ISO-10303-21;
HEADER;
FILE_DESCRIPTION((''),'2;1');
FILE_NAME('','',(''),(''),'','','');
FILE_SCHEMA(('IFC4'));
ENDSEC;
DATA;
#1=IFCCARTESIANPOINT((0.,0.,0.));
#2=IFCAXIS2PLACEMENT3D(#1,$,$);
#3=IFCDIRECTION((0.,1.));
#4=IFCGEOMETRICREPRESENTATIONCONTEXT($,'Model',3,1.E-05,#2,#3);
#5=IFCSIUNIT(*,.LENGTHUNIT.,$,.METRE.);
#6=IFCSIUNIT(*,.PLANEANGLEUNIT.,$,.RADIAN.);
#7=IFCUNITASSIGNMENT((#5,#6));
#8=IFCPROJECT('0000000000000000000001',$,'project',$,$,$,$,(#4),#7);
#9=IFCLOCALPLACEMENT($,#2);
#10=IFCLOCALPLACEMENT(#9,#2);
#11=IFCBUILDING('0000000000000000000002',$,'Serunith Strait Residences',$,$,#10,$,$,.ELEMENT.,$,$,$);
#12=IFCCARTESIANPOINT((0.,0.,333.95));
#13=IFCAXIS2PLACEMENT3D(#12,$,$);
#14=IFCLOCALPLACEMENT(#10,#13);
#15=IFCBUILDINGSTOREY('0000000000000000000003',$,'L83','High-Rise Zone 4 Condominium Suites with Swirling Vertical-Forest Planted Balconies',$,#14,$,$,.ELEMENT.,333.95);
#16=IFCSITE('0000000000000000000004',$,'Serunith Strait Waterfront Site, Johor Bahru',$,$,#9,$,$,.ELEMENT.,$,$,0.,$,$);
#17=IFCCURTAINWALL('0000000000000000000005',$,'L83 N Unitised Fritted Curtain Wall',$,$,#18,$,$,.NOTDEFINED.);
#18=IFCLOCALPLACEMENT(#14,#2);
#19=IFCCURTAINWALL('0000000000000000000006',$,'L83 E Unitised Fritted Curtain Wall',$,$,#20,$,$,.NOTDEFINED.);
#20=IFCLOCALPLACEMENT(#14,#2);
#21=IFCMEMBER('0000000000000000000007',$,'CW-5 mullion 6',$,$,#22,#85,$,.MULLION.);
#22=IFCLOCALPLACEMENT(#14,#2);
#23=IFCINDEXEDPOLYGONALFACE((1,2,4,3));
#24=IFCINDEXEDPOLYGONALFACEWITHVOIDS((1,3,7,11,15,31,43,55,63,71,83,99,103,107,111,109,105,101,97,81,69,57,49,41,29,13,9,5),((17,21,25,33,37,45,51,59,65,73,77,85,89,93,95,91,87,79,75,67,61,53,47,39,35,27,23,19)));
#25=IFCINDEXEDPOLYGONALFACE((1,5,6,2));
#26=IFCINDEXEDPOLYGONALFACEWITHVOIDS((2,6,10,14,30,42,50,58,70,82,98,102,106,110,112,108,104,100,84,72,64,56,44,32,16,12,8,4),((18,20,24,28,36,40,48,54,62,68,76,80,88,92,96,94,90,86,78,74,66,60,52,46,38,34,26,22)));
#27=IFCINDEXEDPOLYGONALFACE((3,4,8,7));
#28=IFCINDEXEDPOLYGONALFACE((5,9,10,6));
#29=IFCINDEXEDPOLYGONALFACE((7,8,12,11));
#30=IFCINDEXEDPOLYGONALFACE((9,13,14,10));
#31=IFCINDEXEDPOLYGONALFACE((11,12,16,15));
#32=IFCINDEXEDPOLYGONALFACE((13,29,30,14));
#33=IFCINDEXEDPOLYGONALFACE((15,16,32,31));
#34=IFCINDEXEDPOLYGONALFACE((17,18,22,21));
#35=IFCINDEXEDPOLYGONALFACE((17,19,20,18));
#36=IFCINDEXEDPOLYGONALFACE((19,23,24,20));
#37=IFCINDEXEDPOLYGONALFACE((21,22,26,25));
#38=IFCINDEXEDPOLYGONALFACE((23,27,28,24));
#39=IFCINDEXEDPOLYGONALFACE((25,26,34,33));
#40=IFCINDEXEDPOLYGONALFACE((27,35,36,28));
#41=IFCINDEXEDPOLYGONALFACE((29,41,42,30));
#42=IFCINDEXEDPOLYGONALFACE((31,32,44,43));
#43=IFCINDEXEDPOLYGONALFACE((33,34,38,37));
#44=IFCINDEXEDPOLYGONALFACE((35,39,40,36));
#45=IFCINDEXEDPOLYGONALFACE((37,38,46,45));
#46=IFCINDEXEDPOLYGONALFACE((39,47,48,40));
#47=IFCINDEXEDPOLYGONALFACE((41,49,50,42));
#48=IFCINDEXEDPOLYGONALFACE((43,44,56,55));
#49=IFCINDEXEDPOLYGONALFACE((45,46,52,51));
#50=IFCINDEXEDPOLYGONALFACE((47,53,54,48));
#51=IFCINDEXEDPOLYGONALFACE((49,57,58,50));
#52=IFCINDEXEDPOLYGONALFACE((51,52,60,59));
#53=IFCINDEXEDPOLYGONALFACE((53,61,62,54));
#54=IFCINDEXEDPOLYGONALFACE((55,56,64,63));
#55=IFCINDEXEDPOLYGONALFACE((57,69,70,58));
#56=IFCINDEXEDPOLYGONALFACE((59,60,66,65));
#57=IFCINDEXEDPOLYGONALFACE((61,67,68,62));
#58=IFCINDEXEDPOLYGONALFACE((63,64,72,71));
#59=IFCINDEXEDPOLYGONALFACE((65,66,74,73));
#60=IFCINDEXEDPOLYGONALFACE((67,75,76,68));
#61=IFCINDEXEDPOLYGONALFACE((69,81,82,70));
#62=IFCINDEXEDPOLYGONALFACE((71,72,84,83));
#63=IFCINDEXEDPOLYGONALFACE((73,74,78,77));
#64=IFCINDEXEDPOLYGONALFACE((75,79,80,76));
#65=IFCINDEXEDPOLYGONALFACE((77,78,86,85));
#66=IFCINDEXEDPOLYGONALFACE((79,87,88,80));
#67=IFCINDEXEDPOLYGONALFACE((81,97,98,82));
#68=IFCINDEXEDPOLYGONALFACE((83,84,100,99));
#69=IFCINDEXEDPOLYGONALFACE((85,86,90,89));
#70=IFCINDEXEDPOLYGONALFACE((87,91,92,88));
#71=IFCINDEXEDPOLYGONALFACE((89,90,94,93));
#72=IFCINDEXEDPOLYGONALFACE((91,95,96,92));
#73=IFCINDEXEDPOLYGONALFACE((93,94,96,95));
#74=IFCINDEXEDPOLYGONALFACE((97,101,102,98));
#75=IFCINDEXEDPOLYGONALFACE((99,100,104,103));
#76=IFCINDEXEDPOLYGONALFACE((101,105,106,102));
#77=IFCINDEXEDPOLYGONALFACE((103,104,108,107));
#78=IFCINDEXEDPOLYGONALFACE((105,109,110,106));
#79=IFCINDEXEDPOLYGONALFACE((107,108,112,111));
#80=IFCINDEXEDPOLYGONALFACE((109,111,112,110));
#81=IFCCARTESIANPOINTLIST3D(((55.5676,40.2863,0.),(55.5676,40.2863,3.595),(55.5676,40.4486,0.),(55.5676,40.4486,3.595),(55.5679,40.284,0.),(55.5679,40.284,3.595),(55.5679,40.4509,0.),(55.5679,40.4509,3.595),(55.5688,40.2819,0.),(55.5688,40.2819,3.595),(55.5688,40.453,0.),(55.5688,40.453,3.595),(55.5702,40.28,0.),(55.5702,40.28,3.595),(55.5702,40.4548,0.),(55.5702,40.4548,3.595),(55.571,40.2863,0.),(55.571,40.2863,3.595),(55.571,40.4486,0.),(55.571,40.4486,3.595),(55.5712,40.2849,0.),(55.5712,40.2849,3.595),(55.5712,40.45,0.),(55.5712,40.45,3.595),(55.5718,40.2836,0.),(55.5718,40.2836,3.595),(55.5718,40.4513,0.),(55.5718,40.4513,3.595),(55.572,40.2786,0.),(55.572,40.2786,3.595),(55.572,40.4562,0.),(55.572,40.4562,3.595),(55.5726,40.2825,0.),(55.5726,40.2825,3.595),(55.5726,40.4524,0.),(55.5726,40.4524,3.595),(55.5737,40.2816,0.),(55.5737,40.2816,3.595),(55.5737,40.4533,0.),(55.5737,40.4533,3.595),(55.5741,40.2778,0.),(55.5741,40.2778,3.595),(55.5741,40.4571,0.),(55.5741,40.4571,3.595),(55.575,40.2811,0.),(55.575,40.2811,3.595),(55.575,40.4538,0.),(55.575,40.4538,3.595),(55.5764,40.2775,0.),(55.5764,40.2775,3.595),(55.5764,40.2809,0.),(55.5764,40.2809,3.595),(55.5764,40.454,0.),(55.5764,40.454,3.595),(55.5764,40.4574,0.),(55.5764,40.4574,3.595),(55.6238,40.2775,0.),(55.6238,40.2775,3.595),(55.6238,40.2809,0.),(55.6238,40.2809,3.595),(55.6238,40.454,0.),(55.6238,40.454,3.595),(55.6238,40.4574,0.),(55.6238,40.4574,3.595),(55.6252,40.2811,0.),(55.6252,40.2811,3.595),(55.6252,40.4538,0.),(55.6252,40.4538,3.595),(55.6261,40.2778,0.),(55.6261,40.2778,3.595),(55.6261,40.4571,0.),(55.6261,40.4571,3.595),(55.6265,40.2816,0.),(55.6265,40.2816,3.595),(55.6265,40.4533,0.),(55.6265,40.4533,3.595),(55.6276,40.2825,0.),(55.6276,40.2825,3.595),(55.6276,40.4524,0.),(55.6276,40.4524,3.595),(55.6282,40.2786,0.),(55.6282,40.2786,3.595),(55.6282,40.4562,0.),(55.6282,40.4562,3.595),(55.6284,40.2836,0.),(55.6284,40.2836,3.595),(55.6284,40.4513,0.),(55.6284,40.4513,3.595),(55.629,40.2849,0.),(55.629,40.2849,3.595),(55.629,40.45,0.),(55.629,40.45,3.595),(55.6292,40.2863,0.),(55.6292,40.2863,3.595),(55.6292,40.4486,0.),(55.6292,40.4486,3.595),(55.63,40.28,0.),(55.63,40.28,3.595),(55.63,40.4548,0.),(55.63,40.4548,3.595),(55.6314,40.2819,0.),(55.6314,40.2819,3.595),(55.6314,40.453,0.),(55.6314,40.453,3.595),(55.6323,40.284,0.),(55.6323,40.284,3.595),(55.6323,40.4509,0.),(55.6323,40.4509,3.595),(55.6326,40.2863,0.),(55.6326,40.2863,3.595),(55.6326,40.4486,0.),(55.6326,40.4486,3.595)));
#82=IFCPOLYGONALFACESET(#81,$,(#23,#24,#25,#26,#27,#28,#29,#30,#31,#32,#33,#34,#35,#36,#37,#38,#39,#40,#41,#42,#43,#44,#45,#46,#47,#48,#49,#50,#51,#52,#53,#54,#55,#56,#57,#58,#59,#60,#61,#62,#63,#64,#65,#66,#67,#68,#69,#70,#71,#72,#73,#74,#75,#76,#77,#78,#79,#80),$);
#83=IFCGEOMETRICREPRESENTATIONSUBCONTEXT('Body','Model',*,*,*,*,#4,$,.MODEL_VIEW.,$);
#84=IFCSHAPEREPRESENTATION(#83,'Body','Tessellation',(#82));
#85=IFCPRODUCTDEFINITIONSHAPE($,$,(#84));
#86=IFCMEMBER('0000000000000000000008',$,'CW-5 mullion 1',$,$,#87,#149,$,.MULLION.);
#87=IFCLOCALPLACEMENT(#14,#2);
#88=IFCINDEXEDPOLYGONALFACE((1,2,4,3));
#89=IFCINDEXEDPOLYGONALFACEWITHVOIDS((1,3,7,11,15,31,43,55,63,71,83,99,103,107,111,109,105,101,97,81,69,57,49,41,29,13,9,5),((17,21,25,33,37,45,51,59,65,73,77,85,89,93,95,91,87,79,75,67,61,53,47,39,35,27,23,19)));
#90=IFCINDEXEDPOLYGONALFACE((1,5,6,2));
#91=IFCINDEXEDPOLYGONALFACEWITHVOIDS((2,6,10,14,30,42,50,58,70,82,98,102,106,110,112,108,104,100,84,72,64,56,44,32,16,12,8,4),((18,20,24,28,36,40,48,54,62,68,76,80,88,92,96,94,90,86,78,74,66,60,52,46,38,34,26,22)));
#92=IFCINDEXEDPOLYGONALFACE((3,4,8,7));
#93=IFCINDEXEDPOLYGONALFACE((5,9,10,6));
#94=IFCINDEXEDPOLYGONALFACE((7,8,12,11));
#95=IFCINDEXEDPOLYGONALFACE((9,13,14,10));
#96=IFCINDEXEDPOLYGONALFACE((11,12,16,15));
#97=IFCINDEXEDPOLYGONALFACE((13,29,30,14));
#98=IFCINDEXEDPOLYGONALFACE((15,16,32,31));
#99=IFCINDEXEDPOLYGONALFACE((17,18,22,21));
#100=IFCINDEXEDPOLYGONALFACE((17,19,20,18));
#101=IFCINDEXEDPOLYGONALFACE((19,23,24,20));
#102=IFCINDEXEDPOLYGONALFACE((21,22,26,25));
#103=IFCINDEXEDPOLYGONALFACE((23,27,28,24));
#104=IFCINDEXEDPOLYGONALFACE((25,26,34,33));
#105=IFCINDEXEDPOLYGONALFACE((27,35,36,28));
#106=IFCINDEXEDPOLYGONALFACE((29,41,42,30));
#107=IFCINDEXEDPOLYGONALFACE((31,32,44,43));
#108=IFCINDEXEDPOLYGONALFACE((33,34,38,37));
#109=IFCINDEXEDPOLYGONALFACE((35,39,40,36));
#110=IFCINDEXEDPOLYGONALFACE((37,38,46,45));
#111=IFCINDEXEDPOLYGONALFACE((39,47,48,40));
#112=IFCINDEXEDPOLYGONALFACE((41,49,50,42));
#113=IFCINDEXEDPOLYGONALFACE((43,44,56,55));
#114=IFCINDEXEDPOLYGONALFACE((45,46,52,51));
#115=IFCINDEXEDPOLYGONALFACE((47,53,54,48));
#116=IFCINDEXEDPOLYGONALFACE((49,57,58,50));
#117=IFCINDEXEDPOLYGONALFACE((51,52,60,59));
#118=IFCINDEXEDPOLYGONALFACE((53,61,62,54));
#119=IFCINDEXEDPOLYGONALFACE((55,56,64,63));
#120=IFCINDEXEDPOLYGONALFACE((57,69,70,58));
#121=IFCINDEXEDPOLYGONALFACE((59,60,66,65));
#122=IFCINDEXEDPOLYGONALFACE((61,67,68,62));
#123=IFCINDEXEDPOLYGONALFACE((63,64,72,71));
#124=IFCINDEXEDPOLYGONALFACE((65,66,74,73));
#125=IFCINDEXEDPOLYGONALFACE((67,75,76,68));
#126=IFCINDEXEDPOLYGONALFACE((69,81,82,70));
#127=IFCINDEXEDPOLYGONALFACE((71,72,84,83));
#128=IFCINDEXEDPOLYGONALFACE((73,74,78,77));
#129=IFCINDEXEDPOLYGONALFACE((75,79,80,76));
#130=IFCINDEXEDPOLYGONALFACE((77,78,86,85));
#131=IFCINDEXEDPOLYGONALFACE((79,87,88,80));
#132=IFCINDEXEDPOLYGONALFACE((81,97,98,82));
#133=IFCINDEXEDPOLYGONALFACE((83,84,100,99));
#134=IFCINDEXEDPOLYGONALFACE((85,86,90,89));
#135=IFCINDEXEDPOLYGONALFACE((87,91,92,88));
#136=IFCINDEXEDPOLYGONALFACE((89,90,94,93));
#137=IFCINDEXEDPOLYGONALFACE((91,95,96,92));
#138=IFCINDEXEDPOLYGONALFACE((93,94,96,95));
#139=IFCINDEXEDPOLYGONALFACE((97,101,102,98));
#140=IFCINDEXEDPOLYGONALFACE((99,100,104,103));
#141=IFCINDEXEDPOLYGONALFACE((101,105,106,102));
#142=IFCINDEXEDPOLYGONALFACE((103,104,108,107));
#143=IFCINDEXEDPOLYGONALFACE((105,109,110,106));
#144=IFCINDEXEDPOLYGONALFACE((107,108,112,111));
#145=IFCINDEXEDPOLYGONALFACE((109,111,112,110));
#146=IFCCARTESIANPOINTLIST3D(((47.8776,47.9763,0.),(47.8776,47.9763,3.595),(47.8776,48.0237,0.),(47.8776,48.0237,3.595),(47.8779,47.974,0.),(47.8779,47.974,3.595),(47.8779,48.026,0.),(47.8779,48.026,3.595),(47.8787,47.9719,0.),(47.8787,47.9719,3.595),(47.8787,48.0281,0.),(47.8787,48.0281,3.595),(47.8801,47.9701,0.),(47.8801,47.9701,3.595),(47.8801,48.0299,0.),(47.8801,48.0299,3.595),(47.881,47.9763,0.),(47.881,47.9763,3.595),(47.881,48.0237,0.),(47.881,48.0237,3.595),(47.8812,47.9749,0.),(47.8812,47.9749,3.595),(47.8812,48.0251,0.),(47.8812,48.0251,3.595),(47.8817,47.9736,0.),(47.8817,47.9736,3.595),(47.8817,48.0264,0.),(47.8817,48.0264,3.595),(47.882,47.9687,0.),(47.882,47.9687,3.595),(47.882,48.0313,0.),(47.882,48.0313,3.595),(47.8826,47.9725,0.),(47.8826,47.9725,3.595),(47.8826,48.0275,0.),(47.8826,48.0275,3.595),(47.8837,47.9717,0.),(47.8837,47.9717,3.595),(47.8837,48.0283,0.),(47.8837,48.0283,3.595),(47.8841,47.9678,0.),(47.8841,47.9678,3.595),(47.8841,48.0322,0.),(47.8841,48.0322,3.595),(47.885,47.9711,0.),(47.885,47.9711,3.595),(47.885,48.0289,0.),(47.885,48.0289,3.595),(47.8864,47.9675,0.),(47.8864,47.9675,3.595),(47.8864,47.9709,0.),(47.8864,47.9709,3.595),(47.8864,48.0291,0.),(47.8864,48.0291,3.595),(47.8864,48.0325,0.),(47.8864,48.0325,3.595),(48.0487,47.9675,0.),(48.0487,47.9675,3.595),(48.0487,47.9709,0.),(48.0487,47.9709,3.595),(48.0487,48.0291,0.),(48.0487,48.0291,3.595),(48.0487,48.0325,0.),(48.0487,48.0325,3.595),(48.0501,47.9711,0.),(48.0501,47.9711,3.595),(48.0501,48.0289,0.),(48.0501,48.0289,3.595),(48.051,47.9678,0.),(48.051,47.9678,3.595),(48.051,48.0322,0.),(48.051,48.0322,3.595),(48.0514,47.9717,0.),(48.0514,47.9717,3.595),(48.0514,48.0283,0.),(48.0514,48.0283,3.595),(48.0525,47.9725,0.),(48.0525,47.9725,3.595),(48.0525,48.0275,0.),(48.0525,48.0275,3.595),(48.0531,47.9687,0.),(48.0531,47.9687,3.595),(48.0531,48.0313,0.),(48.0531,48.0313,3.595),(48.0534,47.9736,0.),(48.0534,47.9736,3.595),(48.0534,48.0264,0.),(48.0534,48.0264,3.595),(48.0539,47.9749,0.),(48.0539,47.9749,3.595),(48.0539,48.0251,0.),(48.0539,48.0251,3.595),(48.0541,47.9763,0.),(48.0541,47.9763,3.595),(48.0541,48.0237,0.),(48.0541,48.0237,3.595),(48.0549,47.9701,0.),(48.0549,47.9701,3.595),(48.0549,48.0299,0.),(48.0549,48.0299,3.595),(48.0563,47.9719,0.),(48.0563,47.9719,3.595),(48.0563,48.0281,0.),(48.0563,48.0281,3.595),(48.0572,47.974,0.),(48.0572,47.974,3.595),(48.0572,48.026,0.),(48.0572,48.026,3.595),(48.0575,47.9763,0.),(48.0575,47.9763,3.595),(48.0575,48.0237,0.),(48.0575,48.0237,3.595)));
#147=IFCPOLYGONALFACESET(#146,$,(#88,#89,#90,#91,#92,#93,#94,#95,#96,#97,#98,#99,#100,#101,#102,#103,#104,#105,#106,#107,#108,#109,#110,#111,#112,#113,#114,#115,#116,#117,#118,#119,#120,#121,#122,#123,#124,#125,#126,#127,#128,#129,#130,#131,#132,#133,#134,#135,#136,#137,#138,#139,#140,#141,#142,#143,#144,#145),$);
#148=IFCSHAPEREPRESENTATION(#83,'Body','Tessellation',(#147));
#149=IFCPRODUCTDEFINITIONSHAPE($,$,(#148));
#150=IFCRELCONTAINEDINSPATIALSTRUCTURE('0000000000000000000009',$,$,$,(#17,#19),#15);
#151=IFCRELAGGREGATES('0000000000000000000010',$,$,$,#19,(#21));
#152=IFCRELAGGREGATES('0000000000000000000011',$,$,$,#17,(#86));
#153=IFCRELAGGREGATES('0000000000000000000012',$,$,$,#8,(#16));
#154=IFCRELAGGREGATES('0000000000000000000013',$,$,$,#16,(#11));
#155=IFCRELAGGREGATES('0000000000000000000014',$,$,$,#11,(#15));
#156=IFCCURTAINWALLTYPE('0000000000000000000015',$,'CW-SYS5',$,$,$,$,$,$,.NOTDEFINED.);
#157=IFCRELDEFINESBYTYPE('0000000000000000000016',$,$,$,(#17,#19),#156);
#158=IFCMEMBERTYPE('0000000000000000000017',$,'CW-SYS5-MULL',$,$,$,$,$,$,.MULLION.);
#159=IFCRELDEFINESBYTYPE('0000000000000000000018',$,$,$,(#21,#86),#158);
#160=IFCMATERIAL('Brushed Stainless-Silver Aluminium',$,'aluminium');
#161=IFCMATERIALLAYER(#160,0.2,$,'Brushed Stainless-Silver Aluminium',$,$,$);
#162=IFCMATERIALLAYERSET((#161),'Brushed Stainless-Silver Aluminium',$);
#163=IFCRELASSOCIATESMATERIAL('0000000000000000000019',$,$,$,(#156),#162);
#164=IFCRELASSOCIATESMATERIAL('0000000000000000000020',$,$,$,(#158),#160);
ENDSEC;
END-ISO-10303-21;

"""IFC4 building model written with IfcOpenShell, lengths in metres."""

from ifc_helpers import new_model, si_unit, direction, frame, origin, origin_2d, place, context, subcontext, project, spatial, hollow_rectangle, extrude, source, transform, mapped, material, layer, layer_set, material_profile, profile_set, type_object, element, aggregate, save


model = new_model("IFC4")

# Units and contexts
model_context = context("Model", 3, precision=1e-05, world=origin(), true_north=direction((0.0, 1.0)))
body_context = subcontext(model_context, "Body", "Model", "MODEL_VIEW")
ifc_project = project(units=[si_unit("LENGTHUNIT", "METRE"), si_unit("PLANEANGLEUNIT", "RADIAN")], contexts=[model_context])

# Site, building, storey
site_placement = place(None, origin())
site = spatial("IfcSite", under=ifc_project, at=site_placement, Name="Serunith Strait Waterfront Site, Johor Bahru", CompositionType="ELEMENT", RefElevation=0.0)
building_placement = place(site_placement, origin())
building = spatial("IfcBuilding", under=site, at=building_placement, Name="Serunith Strait Residences", CompositionType="ELEMENT")
storey_placement = place(building_placement, frame((0.0, 0.0, 333.95)))
storey = spatial("IfcBuildingStorey", under=building, at=storey_placement, Name="L83", Description="High-Rise Zone 4 Condominium Suites with Swirling Vertical-Forest Planted Balconies", CompositionType="ELEMENT", Elevation=333.95)

# Curtain wall
ifc_material_1 = material(Name="Brushed Stainless-Silver Aluminium", Category="aluminium")
ifc_layer_1 = layer(ifc_material_1, 0.2, Name="Brushed Stainless-Silver Aluminium")
ifc_layer_set_1 = layer_set([ifc_layer_1], Name="Brushed Stainless-Silver Aluminium")
curtain_wall_type = type_object("IfcCurtainWallType", Name="CW-SYS5", PredefinedType="NOTDEFINED", material=ifc_layer_set_1)
curtain_wall_1_placement = place(storey_placement, origin())
curtain_wall_1 = element("IfcCurtainWall", 1, at=curtain_wall_1_placement, inside=storey, type_object=curtain_wall_type, Name="L83 N Unitised Fritted Curtain Wall", PredefinedType="NOTDEFINED")

# Curtain wall, member
curtain_wall_2_placement = place(storey_placement, origin())
curtain_wall_2 = element("IfcCurtainWall", 2, at=curtain_wall_2_placement, inside=storey, type_object=curtain_wall_type, Name="L83 E Unitised Fritted Curtain Wall", PredefinedType="NOTDEFINED")
ifc_material_profile_1 = material_profile(ifc_material_1, hollow_rectangle(XDim=0.0649, YDim=0.1799, WallThickness=0.0034, InnerFilletRadius=0.0054, OuterFilletRadius=0.0088, at=origin_2d()), Name="ALU 180x65x3.5")
ifc_profile_set_1 = profile_set([ifc_material_profile_1], Name="Brushed Stainless-Silver Aluminium")
member_type_1 = type_object("IfcMemberType", Name="CW-SYS5-MULL", PredefinedType="MULLION", material=ifc_profile_set_1)
shared_shape_1 = source(origin(), body_context, "Body", "SweptSolid", [
    extrude(hollow_rectangle(XDim=0.0649, YDim=0.1799, WallThickness=0.0034, InnerFilletRadius=0.0054, OuterFilletRadius=0.0088, at=origin_2d()), origin(), (0.0, 0.0, 1.0), 3.595),
])
member_1_placement = place(storey_placement, frame((55.6001, 40.3674, 0.0), z_axis=(0.0, 0.0, 1.0), x_axis=(-1.0, 0.0, 0.0)))
member_1 = element("IfcMember", 3, at=member_1_placement, type_object=member_type_1, Name="CW-5 mullion 6", PredefinedType="MULLION", context=body_context, shape_type="MappedRepresentation", body=[
    mapped(shared_shape_1, transform((0.0, 0.0, 0.0), scale=1.0)),
])

# Member
member_2_placement = place(storey_placement, frame((47.9675, 48.0, 0.0), z_axis=(0.0, 0.0, 1.0), x_axis=(0.0, -1.0, 0.0)))
member_2 = element("IfcMember", 4, at=member_2_placement, type_object=member_type_1, Name="CW-5 mullion 1", PredefinedType="MULLION", context=body_context, shape_type="MappedRepresentation", body=[
    mapped(shared_shape_1, transform((0.0, 0.0, 0.0), scale=1.0)),
])

aggregate(curtain_wall_2, [member_1])
aggregate(curtain_wall_1, [member_2])

save(model, "model.ifc")
